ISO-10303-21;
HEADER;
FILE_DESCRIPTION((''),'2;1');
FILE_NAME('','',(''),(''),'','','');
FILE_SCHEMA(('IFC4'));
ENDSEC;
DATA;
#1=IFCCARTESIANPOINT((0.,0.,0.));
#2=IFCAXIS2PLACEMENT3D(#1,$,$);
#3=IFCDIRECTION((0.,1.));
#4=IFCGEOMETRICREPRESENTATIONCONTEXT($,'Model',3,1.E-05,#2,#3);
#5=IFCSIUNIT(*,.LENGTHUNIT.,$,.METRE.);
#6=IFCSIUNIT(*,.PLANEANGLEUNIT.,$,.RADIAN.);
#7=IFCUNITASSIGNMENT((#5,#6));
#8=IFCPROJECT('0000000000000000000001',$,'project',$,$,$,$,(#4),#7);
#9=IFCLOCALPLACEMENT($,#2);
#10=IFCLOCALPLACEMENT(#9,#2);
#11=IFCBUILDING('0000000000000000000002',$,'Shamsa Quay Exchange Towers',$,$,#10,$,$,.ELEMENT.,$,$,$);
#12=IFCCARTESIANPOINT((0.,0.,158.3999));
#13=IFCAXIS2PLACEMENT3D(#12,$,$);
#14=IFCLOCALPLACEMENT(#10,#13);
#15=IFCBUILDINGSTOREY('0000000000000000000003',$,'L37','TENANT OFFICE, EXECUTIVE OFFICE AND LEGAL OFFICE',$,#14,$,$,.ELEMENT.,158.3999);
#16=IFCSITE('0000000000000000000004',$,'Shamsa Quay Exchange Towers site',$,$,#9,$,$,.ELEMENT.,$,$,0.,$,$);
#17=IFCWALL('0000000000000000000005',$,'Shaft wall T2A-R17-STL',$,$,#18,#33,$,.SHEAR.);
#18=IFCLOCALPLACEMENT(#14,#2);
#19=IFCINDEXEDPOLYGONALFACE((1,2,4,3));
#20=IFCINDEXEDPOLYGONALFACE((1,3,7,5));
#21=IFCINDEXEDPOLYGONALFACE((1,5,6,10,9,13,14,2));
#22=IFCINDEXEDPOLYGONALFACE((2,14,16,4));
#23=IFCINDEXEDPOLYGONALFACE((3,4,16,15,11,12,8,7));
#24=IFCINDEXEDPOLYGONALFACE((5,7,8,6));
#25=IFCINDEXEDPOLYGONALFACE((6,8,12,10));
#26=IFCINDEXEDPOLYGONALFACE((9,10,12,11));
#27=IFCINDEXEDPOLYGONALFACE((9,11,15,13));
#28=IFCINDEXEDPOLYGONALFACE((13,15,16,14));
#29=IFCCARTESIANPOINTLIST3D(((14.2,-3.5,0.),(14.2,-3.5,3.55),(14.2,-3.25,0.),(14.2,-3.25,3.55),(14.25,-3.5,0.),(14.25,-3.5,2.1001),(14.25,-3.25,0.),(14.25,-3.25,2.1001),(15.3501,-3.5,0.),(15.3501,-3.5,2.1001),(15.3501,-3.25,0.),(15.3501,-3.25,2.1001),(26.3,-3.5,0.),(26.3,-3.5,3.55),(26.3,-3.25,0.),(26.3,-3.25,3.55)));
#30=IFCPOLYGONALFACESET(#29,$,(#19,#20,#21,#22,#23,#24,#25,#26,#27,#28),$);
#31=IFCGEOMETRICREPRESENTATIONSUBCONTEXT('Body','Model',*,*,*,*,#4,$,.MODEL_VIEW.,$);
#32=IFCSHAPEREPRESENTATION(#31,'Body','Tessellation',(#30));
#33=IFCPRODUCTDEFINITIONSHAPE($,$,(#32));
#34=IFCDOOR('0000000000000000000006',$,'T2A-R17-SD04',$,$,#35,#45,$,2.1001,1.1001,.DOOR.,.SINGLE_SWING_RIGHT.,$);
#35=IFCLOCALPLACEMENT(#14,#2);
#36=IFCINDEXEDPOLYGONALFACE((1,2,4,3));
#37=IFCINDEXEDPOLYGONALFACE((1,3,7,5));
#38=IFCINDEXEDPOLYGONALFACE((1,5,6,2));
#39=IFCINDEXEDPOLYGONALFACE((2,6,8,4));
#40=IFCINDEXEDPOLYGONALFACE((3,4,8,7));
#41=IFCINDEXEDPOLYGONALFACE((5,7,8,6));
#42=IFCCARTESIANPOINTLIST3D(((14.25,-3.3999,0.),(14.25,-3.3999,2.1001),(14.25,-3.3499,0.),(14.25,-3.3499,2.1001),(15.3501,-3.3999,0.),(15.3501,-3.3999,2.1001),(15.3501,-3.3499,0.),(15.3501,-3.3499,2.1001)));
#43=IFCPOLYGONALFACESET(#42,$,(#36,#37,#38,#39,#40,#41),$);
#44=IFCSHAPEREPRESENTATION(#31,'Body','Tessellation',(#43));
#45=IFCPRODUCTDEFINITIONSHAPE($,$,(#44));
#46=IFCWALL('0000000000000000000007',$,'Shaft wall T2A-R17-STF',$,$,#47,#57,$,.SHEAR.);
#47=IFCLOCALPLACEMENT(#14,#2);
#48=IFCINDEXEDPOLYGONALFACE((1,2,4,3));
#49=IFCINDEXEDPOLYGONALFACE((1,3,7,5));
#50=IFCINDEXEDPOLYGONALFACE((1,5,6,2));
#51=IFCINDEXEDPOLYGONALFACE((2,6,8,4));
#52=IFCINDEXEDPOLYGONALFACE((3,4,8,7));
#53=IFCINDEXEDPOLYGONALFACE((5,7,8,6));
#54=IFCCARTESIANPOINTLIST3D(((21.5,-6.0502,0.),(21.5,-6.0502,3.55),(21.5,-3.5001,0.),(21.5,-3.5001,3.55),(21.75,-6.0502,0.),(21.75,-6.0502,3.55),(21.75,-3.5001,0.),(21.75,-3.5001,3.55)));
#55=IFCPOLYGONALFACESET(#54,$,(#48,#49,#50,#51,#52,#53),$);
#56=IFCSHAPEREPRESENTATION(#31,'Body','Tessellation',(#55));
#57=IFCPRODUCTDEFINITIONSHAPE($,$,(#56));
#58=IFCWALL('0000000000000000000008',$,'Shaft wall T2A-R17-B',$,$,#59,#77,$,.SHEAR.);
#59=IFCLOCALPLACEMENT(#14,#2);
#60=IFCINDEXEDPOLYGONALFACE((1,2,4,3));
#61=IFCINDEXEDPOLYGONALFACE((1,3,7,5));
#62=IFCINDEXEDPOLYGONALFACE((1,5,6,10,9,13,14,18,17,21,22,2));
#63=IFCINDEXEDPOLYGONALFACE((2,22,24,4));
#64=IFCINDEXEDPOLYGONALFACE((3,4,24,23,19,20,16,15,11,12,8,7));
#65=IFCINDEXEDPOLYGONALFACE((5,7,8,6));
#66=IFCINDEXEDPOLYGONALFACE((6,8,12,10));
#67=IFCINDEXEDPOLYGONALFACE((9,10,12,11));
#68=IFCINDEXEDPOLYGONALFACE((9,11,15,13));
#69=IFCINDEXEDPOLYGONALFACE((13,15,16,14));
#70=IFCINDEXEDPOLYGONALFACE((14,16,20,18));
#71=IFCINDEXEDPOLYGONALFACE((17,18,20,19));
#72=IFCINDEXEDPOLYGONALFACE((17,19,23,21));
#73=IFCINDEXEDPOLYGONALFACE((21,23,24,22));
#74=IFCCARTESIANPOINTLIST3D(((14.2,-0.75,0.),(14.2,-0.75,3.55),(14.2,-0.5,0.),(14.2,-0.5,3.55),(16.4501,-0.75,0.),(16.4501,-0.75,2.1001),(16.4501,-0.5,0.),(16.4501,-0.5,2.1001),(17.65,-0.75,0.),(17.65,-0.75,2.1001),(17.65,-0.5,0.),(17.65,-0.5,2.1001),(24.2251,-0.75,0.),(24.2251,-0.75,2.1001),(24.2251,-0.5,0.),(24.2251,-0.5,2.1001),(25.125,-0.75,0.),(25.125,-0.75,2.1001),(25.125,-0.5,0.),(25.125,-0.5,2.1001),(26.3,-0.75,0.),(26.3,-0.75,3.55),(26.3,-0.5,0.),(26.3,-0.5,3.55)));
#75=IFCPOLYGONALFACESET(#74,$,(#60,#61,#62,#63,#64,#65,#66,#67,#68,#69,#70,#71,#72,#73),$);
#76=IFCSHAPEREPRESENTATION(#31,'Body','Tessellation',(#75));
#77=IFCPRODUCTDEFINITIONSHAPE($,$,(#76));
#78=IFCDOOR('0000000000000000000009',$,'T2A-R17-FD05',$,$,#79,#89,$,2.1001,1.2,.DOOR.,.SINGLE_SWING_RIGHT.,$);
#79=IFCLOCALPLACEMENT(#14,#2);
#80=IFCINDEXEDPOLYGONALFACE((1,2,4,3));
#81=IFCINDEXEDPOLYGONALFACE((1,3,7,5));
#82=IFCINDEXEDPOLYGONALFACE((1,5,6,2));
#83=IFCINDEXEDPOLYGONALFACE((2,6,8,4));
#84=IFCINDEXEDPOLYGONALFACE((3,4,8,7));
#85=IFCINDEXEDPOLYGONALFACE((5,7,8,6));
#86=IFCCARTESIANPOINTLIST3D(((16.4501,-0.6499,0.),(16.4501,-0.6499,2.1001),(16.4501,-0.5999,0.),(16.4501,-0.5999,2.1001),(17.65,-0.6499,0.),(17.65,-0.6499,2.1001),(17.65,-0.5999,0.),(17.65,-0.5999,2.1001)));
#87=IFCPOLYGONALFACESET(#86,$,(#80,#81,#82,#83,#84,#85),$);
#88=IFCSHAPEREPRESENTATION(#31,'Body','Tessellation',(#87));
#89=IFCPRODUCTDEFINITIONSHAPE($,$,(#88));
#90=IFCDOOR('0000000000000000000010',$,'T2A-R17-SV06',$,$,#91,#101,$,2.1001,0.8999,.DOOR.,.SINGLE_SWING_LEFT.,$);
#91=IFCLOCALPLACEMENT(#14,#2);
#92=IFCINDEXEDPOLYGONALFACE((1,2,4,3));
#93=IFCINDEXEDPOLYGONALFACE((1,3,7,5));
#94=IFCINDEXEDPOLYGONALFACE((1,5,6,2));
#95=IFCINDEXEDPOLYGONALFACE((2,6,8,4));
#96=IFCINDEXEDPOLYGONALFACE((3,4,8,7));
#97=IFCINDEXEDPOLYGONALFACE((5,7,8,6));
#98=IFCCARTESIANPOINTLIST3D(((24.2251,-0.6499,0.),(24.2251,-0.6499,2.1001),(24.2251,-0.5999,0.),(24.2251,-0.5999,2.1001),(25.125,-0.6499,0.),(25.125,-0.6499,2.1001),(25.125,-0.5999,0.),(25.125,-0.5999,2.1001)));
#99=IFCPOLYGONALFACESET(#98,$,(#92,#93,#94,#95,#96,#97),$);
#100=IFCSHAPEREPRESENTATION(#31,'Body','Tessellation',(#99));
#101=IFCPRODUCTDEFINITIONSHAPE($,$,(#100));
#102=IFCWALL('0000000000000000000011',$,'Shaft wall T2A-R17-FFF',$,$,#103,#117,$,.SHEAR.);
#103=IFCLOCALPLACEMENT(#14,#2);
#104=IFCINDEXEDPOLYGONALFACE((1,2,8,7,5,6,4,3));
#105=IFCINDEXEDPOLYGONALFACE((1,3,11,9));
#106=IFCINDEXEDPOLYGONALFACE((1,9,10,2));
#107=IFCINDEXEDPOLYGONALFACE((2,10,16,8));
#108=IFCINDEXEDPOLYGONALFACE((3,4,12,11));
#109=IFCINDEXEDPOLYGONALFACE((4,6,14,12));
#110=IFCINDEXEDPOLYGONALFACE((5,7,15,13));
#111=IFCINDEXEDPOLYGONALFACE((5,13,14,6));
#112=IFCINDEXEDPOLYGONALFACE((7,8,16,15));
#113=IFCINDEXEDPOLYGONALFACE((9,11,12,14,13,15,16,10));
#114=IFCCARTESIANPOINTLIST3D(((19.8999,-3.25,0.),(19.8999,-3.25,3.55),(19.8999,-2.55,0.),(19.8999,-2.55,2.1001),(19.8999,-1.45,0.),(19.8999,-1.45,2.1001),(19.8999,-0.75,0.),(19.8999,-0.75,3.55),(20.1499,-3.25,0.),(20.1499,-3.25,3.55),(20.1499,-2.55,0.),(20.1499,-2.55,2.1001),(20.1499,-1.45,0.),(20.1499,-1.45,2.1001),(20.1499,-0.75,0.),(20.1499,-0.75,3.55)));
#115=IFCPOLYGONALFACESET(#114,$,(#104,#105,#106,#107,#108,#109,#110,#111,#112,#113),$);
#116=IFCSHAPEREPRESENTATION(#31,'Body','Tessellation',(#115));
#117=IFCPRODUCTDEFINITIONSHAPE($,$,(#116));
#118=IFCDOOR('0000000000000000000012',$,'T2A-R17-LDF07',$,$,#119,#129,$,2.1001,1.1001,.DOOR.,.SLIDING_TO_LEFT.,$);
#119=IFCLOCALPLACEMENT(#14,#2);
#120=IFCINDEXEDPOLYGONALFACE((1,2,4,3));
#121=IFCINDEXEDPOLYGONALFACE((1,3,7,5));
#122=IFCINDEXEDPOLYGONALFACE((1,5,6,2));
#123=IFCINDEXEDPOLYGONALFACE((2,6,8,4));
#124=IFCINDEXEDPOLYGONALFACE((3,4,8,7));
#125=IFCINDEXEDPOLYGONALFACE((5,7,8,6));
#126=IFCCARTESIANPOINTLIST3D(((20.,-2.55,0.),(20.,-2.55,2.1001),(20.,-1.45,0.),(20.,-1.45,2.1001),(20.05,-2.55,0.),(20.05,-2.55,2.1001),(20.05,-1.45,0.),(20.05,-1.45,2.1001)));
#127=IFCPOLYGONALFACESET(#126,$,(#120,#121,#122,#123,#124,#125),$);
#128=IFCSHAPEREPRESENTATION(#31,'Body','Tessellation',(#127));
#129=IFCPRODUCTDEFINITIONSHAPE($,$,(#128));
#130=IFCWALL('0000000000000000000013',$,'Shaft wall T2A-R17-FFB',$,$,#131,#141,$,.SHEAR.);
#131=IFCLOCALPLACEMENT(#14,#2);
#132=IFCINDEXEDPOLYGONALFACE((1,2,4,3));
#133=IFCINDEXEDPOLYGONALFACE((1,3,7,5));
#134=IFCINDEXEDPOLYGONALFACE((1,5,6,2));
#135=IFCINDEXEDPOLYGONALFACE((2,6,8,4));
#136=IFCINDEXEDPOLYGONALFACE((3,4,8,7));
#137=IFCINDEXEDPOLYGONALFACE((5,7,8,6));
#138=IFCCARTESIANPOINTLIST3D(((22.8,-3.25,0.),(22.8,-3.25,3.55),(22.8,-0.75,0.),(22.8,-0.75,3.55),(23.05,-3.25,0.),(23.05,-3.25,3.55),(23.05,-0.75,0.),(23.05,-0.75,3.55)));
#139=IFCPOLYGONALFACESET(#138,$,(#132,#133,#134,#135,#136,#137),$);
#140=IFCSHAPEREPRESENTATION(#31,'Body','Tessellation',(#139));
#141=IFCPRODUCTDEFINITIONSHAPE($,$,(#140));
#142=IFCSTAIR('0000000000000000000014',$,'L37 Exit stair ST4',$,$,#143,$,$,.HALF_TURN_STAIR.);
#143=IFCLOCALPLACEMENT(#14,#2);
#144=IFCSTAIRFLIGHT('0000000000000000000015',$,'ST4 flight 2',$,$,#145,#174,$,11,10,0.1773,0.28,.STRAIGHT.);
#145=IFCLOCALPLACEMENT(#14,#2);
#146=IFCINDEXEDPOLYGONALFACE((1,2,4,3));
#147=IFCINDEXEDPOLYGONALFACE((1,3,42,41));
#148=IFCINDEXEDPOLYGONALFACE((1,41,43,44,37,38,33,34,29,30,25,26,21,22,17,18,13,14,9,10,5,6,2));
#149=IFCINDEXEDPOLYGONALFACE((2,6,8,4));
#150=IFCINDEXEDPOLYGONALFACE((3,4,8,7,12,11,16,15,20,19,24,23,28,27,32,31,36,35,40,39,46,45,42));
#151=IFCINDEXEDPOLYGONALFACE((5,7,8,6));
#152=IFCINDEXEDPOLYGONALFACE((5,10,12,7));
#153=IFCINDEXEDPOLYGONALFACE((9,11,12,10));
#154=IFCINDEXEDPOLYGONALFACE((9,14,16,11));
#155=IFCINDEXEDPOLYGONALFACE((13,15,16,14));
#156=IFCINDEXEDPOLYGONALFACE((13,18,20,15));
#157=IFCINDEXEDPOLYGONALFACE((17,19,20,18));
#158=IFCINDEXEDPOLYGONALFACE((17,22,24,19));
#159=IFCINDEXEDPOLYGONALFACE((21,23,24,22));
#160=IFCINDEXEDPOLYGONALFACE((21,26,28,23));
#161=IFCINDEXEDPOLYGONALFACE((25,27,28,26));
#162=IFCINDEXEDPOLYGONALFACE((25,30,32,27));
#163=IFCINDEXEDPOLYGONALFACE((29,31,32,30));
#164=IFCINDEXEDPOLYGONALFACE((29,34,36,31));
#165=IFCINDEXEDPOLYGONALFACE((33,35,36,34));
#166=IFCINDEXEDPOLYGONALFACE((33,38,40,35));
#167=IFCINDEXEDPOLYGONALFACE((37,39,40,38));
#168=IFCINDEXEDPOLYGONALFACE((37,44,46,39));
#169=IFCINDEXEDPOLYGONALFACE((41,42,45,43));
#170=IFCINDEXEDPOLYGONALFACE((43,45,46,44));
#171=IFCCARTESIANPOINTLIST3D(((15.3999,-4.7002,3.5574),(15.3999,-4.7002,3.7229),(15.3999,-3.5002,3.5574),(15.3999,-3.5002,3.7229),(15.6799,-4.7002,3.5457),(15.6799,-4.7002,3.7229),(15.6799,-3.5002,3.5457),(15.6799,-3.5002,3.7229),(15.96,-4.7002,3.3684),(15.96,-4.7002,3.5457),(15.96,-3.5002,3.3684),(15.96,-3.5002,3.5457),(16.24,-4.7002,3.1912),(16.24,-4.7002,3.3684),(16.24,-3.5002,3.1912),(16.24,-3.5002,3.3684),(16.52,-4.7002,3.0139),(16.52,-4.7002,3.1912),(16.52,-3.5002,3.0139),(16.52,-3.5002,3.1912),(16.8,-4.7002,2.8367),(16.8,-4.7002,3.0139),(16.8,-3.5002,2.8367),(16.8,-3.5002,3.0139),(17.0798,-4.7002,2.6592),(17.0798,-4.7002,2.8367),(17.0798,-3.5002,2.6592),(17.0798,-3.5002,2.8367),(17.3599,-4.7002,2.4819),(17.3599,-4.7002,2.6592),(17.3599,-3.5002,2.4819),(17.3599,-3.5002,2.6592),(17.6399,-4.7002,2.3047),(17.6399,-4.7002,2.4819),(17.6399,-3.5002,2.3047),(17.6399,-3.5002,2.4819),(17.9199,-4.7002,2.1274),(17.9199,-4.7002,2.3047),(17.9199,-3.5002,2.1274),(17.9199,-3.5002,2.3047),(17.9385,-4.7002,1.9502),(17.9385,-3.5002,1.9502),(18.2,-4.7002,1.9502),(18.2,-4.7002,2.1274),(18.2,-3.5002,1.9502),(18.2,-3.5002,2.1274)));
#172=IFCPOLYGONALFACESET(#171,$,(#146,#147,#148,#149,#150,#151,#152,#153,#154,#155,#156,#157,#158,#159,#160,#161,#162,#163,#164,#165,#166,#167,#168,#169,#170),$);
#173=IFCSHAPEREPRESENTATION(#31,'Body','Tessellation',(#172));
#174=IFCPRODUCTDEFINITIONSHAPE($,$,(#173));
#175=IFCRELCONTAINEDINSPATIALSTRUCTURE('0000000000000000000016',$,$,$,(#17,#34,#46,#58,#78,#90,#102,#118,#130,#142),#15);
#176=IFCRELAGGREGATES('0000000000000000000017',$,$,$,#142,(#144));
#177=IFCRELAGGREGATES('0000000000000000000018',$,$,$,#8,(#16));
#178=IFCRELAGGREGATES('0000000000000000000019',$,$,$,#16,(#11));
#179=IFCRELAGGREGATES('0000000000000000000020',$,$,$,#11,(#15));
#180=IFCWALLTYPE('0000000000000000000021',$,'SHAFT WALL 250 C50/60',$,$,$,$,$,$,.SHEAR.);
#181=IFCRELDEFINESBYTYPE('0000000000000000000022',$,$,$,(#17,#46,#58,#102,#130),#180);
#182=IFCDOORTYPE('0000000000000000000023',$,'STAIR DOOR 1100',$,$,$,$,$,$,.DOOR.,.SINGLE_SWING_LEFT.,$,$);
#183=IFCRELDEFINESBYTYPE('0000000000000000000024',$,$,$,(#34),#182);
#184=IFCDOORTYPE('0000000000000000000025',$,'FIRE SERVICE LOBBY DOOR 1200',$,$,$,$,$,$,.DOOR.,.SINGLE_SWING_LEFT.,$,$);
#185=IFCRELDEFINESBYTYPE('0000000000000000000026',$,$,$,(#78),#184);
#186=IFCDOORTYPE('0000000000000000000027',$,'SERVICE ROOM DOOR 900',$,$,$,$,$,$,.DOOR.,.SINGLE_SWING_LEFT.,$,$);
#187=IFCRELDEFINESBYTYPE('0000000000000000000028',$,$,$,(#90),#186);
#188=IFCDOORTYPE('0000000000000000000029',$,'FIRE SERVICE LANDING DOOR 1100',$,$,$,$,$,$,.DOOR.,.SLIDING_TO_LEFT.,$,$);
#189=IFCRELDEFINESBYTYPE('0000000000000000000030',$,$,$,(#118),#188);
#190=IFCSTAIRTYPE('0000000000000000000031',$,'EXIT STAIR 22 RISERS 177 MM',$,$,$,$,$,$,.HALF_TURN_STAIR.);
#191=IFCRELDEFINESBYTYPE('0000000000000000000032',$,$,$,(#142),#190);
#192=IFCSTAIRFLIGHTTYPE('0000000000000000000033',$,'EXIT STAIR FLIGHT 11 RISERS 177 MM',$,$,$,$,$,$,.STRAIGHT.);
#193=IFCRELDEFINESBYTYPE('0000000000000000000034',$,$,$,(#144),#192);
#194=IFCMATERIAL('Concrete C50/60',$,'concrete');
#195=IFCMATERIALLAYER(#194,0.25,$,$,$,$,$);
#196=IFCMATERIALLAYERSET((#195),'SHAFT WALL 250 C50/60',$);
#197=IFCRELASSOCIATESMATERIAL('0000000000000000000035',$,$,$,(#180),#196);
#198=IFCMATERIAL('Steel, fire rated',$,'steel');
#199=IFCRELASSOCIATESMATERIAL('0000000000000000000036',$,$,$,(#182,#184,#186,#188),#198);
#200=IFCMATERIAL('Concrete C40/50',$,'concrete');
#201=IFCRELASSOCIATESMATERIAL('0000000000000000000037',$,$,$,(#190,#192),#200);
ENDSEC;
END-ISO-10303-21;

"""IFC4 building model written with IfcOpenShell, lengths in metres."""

from ifc_helpers import new_model, si_unit, direction, frame, frame_2d, origin, place, context, subcontext, project, spatial, polyline, rectangle, outline, extrude, material, layer, layer_set, type_object, element, fill, aggregate, save


model = new_model("IFC4")

# Units and contexts
model_context = context("Model", 3, precision=1e-05, world=origin(), true_north=direction((0.0, 1.0)))
body_context = subcontext(model_context, "Body", "Model", "MODEL_VIEW")
ifc_project = project(units=[si_unit("LENGTHUNIT", "METRE"), si_unit("PLANEANGLEUNIT", "RADIAN")], contexts=[model_context])

# Site, building, storey
site_placement = place(None, origin())
site = spatial("IfcSite", under=ifc_project, at=site_placement, Name="Shamsa Quay Exchange Towers site", CompositionType="ELEMENT", RefElevation=0.0)
building_placement = place(site_placement, origin())
building = spatial("IfcBuilding", under=site, at=building_placement, Name="Shamsa Quay Exchange Towers", CompositionType="ELEMENT")
storey_placement = place(building_placement, frame((0.0, 0.0, 158.3999)))
storey = spatial("IfcBuildingStorey", under=building, at=storey_placement, Name="L37", Description="TENANT OFFICE, EXECUTIVE OFFICE AND LEGAL OFFICE", CompositionType="ELEMENT", Elevation=158.3999)

# Wall, opening, door
ifc_material_1 = material(Name="Concrete C50/60", Category="concrete")
ifc_layer_1 = layer(ifc_material_1, 0.25)
ifc_layer_set_1 = layer_set([ifc_layer_1], Name="SHAFT WALL 250 C50/60")
wall_type_1 = type_object("IfcWallType", Name="SHAFT WALL 250 C50/60", PredefinedType="SHEAR", material=ifc_layer_set_1)
wall_1_placement = place(storey_placement, frame((26.3, -3.375, 0.0), z_axis=(0.0, 0.0, 1.0), x_axis=(-1.0, 0.0, 0.0)))
wall_1 = element("IfcWall", 1, at=wall_1_placement, inside=storey, type_object=wall_type_1, Name="Shaft wall T2A-R17-STL", PredefinedType="SHEAR", context=body_context, shape_type="SweptSolid", body=[
    extrude(rectangle(XDim=12.1001, YDim=0.25, at=frame_2d((6.05, 0.0))), origin(), (0.0, 0.0, 1.0), 3.55),
])
opening_1_placement = place(wall_1_placement, frame((10.95, 0.0, 0.0)))
opening_1 = element("IfcOpeningElement", 2, at=opening_1_placement, cuts=wall_1, PredefinedType="OPENING", context=body_context, shape_type="SweptSolid", body=[
    extrude(rectangle(XDim=1.1001, YDim=2.1001, at=frame_2d((0.55, 1.05))), frame((0.0, 0.135, 0.0), z_axis=(0.0, -1.0, 0.0), x_axis=(1.0, 0.0, 0.0)), (0.0, 0.0, 1.0), 0.27),
])
ifc_material_2 = material(Name="Steel, fire rated", Category="steel")
door_type_1 = type_object("IfcDoorType", Name="STAIR DOOR 1100", OperationType="SINGLE_SWING_LEFT", PredefinedType="DOOR", material=ifc_material_2)
door_1_placement = place(opening_1_placement, origin())
door_1 = element("IfcDoor", 3, at=door_1_placement, inside=storey, type_object=door_type_1, Name="T2A-R17-SD04", OperationType="SINGLE_SWING_RIGHT", OverallHeight=2.1001, OverallWidth=1.1001, PredefinedType="DOOR", context=body_context, shape_type="SweptSolid", body=[
    extrude(rectangle(XDim=1.1001, YDim=2.1001, at=frame_2d((0.55, 1.05))), frame((0.0, 0.0249, 0.0), z_axis=(0.0, -1.0, 0.0), x_axis=(1.0, 0.0, 0.0)), (0.0, 0.0, 1.0), 0.05),
])
fill(opening_1, door_1)

# Wall
wall_2_placement = place(storey_placement, frame((21.625, -6.05, 0.0), z_axis=(0.0, 0.0, 1.0), x_axis=(0.0, 1.0, 0.0)))
element("IfcWall", 4, at=wall_2_placement, inside=storey, type_object=wall_type_1, Name="Shaft wall T2A-R17-STF", PredefinedType="SHEAR", context=body_context, shape_type="SweptSolid", body=[
    extrude(rectangle(XDim=2.55, YDim=0.25, at=frame_2d((1.2749, 0.0))), origin(), (0.0, 0.0, 1.0), 3.55),
])

# Wall, openings, doors
wall_3_placement = place(storey_placement, frame((26.3, -0.625, 0.0), z_axis=(0.0, 0.0, 1.0), x_axis=(-1.0, 0.0, 0.0)))
wall_3 = element("IfcWall", 5, at=wall_3_placement, inside=storey, type_object=wall_type_1, Name="Shaft wall T2A-R17-B", PredefinedType="SHEAR", context=body_context, shape_type="SweptSolid", body=[
    extrude(rectangle(XDim=12.1001, YDim=0.25, at=frame_2d((6.05, 0.0))), origin(), (0.0, 0.0, 1.0), 3.55),
])
opening_2_placement = place(wall_3_placement, frame((8.6499, 0.0, 0.0)))
opening_2 = element("IfcOpeningElement", 6, at=opening_2_placement, cuts=wall_3, PredefinedType="OPENING", context=body_context, shape_type="SweptSolid", body=[
    extrude(rectangle(XDim=1.2, YDim=2.1001, at=frame_2d((0.6001, 1.05))), frame((0.0, 0.135, 0.0), z_axis=(0.0, -1.0, 0.0), x_axis=(1.0, 0.0, 0.0)), (0.0, 0.0, 1.0), 0.27),
])
opening_3_placement = place(wall_3_placement, frame((1.175, 0.0, 0.0)))
opening_3 = element("IfcOpeningElement", 7, at=opening_3_placement, cuts=wall_3, PredefinedType="OPENING", context=body_context, shape_type="SweptSolid", body=[
    extrude(rectangle(XDim=0.8999, YDim=2.1001, at=frame_2d((0.45, 1.05))), frame((0.0, 0.135, 0.0), z_axis=(0.0, -1.0, 0.0), x_axis=(1.0, 0.0, 0.0)), (0.0, 0.0, 1.0), 0.27),
])
door_type_2 = type_object("IfcDoorType", Name="FIRE SERVICE LOBBY DOOR 1200", OperationType="SINGLE_SWING_LEFT", PredefinedType="DOOR", material=ifc_material_2)
door_2_placement = place(opening_2_placement, origin())
door_2 = element("IfcDoor", 8, at=door_2_placement, inside=storey, type_object=door_type_2, Name="T2A-R17-FD05", OperationType="SINGLE_SWING_RIGHT", OverallHeight=2.1001, OverallWidth=1.2, PredefinedType="DOOR", context=body_context, shape_type="SweptSolid", body=[
    extrude(rectangle(XDim=1.2, YDim=2.1001, at=frame_2d((0.6001, 1.05))), frame((0.0, 0.0249, 0.0), z_axis=(0.0, -1.0, 0.0), x_axis=(1.0, 0.0, 0.0)), (0.0, 0.0, 1.0), 0.05),
])
fill(opening_2, door_2)
door_type_3 = type_object("IfcDoorType", Name="SERVICE ROOM DOOR 900", OperationType="SINGLE_SWING_LEFT", PredefinedType="DOOR", material=ifc_material_2)
door_3_placement = place(opening_3_placement, origin())
door_3 = element("IfcDoor", 9, at=door_3_placement, inside=storey, type_object=door_type_3, Name="T2A-R17-SV06", OperationType="SINGLE_SWING_LEFT", OverallHeight=2.1001, OverallWidth=0.8999, PredefinedType="DOOR", context=body_context, shape_type="SweptSolid", body=[
    extrude(rectangle(XDim=0.8999, YDim=2.1001, at=frame_2d((0.45, 1.05))), frame((0.0, 0.0249, 0.0), z_axis=(0.0, -1.0, 0.0), x_axis=(1.0, 0.0, 0.0)), (0.0, 0.0, 1.0), 0.05),
])
fill(opening_3, door_3)

# Wall, opening, door
wall_4_placement = place(storey_placement, frame((20.0249, -3.25, 0.0), z_axis=(0.0, 0.0, 1.0), x_axis=(0.0, 1.0, 0.0)))
wall_4 = element("IfcWall", 10, at=wall_4_placement, inside=storey, type_object=wall_type_1, Name="Shaft wall T2A-R17-FFF", PredefinedType="SHEAR", context=body_context, shape_type="SweptSolid", body=[
    extrude(rectangle(XDim=2.5, YDim=0.25, at=frame_2d((1.25, 0.0))), origin(), (0.0, 0.0, 1.0), 3.55),
])
opening_4_placement = place(wall_4_placement, frame((0.7, 0.0, 0.0)))
opening_4 = element("IfcOpeningElement", 11, at=opening_4_placement, cuts=wall_4, PredefinedType="OPENING", context=body_context, shape_type="SweptSolid", body=[
    extrude(rectangle(XDim=1.1001, YDim=2.1001, at=frame_2d((0.55, 1.05))), frame((0.0, 0.135, 0.0), z_axis=(0.0, -1.0, 0.0), x_axis=(1.0, 0.0, 0.0)), (0.0, 0.0, 1.0), 0.27),
])
door_type_4 = type_object("IfcDoorType", Name="FIRE SERVICE LANDING DOOR 1100", OperationType="SLIDING_TO_LEFT", PredefinedType="DOOR", material=ifc_material_2)
door_4_placement = place(opening_4_placement, origin())
door_4 = element("IfcDoor", 12, at=door_4_placement, inside=storey, type_object=door_type_4, Name="T2A-R17-LDF07", OperationType="SLIDING_TO_LEFT", OverallHeight=2.1001, OverallWidth=1.1001, PredefinedType="DOOR", context=body_context, shape_type="SweptSolid", body=[
    extrude(rectangle(XDim=1.1001, YDim=2.1001, at=frame_2d((0.55, 1.05))), frame((0.0, 0.0249, 0.0), z_axis=(0.0, -1.0, 0.0), x_axis=(1.0, 0.0, 0.0)), (0.0, 0.0, 1.0), 0.05),
])
fill(opening_4, door_4)

# Wall
wall_5_placement = place(storey_placement, frame((22.925, -3.25, 0.0), z_axis=(0.0, 0.0, 1.0), x_axis=(0.0, 1.0, 0.0)))
element("IfcWall", 13, at=wall_5_placement, inside=storey, type_object=wall_type_1, Name="Shaft wall T2A-R17-FFB", PredefinedType="SHEAR", context=body_context, shape_type="SweptSolid", body=[
    extrude(rectangle(XDim=2.5, YDim=0.25, at=frame_2d((1.25, 0.0))), origin(), (0.0, 0.0, 1.0), 3.55),
])

# Stair, stair flight
ifc_material_3 = material(Name="Concrete C40/50", Category="concrete")
stair_type = type_object("IfcStairType", Name="EXIT STAIR 22 RISERS 177 MM", PredefinedType="HALF_TURN_STAIR", material=ifc_material_3)
stair_placement = place(storey_placement, origin())
stair = element("IfcStair", 14, at=stair_placement, inside=storey, type_object=stair_type, Name="L37 Exit stair ST4", PredefinedType="HALF_TURN_STAIR")
stair_flight_type = type_object("IfcStairFlightType", Name="EXIT STAIR FLIGHT 11 RISERS 177 MM", PredefinedType="STRAIGHT", material=ifc_material_3)
stair_flight_placement = place(storey_placement, frame((18.2, -4.1001, 1.9502), z_axis=(0.0, 0.0, 1.0), x_axis=(-1.0, 0.0, 0.0)))
stair_flight = element("IfcStairFlight", 15, at=stair_flight_placement, type_object=stair_flight_type, Name="ST4 flight 2", NumberOfRisers=11, NumberOfTreads=10, PredefinedType="STRAIGHT", RiserHeight=0.1773, TreadLength=0.28, context=body_context, shape_type="SweptSolid", body=[
    extrude(outline(polyline([(0.0, 0.0), (0.0, 0.1772), (0.28, 0.1772), (0.28, 0.3545), (0.5601, 0.3545), (0.5601, 0.5317), (0.8401, 0.5317), (0.8401, 0.709), (1.1201, 0.709), (1.1201, 0.8865), (1.3999, 0.8865), (1.3999, 1.0637), (1.6799, 1.0637), (1.6799, 1.241), (1.96, 1.241), (1.96, 1.4182), (2.24, 1.4182), (2.24, 1.5955), (2.52, 1.5955), (2.52, 1.7727), (2.8, 1.7727), (2.8, 1.95), (2.8, 1.6072), (0.2615, 0.0), (0.0, 0.0)])), frame((0.0, 0.6001, 0.0), z_axis=(0.0, -1.0, 0.0), x_axis=(1.0, 0.0, 0.0)), (0.0, 0.0, 1.0), 1.2),
])
aggregate(stair, [stair_flight])

save(model, "model.ifc")
